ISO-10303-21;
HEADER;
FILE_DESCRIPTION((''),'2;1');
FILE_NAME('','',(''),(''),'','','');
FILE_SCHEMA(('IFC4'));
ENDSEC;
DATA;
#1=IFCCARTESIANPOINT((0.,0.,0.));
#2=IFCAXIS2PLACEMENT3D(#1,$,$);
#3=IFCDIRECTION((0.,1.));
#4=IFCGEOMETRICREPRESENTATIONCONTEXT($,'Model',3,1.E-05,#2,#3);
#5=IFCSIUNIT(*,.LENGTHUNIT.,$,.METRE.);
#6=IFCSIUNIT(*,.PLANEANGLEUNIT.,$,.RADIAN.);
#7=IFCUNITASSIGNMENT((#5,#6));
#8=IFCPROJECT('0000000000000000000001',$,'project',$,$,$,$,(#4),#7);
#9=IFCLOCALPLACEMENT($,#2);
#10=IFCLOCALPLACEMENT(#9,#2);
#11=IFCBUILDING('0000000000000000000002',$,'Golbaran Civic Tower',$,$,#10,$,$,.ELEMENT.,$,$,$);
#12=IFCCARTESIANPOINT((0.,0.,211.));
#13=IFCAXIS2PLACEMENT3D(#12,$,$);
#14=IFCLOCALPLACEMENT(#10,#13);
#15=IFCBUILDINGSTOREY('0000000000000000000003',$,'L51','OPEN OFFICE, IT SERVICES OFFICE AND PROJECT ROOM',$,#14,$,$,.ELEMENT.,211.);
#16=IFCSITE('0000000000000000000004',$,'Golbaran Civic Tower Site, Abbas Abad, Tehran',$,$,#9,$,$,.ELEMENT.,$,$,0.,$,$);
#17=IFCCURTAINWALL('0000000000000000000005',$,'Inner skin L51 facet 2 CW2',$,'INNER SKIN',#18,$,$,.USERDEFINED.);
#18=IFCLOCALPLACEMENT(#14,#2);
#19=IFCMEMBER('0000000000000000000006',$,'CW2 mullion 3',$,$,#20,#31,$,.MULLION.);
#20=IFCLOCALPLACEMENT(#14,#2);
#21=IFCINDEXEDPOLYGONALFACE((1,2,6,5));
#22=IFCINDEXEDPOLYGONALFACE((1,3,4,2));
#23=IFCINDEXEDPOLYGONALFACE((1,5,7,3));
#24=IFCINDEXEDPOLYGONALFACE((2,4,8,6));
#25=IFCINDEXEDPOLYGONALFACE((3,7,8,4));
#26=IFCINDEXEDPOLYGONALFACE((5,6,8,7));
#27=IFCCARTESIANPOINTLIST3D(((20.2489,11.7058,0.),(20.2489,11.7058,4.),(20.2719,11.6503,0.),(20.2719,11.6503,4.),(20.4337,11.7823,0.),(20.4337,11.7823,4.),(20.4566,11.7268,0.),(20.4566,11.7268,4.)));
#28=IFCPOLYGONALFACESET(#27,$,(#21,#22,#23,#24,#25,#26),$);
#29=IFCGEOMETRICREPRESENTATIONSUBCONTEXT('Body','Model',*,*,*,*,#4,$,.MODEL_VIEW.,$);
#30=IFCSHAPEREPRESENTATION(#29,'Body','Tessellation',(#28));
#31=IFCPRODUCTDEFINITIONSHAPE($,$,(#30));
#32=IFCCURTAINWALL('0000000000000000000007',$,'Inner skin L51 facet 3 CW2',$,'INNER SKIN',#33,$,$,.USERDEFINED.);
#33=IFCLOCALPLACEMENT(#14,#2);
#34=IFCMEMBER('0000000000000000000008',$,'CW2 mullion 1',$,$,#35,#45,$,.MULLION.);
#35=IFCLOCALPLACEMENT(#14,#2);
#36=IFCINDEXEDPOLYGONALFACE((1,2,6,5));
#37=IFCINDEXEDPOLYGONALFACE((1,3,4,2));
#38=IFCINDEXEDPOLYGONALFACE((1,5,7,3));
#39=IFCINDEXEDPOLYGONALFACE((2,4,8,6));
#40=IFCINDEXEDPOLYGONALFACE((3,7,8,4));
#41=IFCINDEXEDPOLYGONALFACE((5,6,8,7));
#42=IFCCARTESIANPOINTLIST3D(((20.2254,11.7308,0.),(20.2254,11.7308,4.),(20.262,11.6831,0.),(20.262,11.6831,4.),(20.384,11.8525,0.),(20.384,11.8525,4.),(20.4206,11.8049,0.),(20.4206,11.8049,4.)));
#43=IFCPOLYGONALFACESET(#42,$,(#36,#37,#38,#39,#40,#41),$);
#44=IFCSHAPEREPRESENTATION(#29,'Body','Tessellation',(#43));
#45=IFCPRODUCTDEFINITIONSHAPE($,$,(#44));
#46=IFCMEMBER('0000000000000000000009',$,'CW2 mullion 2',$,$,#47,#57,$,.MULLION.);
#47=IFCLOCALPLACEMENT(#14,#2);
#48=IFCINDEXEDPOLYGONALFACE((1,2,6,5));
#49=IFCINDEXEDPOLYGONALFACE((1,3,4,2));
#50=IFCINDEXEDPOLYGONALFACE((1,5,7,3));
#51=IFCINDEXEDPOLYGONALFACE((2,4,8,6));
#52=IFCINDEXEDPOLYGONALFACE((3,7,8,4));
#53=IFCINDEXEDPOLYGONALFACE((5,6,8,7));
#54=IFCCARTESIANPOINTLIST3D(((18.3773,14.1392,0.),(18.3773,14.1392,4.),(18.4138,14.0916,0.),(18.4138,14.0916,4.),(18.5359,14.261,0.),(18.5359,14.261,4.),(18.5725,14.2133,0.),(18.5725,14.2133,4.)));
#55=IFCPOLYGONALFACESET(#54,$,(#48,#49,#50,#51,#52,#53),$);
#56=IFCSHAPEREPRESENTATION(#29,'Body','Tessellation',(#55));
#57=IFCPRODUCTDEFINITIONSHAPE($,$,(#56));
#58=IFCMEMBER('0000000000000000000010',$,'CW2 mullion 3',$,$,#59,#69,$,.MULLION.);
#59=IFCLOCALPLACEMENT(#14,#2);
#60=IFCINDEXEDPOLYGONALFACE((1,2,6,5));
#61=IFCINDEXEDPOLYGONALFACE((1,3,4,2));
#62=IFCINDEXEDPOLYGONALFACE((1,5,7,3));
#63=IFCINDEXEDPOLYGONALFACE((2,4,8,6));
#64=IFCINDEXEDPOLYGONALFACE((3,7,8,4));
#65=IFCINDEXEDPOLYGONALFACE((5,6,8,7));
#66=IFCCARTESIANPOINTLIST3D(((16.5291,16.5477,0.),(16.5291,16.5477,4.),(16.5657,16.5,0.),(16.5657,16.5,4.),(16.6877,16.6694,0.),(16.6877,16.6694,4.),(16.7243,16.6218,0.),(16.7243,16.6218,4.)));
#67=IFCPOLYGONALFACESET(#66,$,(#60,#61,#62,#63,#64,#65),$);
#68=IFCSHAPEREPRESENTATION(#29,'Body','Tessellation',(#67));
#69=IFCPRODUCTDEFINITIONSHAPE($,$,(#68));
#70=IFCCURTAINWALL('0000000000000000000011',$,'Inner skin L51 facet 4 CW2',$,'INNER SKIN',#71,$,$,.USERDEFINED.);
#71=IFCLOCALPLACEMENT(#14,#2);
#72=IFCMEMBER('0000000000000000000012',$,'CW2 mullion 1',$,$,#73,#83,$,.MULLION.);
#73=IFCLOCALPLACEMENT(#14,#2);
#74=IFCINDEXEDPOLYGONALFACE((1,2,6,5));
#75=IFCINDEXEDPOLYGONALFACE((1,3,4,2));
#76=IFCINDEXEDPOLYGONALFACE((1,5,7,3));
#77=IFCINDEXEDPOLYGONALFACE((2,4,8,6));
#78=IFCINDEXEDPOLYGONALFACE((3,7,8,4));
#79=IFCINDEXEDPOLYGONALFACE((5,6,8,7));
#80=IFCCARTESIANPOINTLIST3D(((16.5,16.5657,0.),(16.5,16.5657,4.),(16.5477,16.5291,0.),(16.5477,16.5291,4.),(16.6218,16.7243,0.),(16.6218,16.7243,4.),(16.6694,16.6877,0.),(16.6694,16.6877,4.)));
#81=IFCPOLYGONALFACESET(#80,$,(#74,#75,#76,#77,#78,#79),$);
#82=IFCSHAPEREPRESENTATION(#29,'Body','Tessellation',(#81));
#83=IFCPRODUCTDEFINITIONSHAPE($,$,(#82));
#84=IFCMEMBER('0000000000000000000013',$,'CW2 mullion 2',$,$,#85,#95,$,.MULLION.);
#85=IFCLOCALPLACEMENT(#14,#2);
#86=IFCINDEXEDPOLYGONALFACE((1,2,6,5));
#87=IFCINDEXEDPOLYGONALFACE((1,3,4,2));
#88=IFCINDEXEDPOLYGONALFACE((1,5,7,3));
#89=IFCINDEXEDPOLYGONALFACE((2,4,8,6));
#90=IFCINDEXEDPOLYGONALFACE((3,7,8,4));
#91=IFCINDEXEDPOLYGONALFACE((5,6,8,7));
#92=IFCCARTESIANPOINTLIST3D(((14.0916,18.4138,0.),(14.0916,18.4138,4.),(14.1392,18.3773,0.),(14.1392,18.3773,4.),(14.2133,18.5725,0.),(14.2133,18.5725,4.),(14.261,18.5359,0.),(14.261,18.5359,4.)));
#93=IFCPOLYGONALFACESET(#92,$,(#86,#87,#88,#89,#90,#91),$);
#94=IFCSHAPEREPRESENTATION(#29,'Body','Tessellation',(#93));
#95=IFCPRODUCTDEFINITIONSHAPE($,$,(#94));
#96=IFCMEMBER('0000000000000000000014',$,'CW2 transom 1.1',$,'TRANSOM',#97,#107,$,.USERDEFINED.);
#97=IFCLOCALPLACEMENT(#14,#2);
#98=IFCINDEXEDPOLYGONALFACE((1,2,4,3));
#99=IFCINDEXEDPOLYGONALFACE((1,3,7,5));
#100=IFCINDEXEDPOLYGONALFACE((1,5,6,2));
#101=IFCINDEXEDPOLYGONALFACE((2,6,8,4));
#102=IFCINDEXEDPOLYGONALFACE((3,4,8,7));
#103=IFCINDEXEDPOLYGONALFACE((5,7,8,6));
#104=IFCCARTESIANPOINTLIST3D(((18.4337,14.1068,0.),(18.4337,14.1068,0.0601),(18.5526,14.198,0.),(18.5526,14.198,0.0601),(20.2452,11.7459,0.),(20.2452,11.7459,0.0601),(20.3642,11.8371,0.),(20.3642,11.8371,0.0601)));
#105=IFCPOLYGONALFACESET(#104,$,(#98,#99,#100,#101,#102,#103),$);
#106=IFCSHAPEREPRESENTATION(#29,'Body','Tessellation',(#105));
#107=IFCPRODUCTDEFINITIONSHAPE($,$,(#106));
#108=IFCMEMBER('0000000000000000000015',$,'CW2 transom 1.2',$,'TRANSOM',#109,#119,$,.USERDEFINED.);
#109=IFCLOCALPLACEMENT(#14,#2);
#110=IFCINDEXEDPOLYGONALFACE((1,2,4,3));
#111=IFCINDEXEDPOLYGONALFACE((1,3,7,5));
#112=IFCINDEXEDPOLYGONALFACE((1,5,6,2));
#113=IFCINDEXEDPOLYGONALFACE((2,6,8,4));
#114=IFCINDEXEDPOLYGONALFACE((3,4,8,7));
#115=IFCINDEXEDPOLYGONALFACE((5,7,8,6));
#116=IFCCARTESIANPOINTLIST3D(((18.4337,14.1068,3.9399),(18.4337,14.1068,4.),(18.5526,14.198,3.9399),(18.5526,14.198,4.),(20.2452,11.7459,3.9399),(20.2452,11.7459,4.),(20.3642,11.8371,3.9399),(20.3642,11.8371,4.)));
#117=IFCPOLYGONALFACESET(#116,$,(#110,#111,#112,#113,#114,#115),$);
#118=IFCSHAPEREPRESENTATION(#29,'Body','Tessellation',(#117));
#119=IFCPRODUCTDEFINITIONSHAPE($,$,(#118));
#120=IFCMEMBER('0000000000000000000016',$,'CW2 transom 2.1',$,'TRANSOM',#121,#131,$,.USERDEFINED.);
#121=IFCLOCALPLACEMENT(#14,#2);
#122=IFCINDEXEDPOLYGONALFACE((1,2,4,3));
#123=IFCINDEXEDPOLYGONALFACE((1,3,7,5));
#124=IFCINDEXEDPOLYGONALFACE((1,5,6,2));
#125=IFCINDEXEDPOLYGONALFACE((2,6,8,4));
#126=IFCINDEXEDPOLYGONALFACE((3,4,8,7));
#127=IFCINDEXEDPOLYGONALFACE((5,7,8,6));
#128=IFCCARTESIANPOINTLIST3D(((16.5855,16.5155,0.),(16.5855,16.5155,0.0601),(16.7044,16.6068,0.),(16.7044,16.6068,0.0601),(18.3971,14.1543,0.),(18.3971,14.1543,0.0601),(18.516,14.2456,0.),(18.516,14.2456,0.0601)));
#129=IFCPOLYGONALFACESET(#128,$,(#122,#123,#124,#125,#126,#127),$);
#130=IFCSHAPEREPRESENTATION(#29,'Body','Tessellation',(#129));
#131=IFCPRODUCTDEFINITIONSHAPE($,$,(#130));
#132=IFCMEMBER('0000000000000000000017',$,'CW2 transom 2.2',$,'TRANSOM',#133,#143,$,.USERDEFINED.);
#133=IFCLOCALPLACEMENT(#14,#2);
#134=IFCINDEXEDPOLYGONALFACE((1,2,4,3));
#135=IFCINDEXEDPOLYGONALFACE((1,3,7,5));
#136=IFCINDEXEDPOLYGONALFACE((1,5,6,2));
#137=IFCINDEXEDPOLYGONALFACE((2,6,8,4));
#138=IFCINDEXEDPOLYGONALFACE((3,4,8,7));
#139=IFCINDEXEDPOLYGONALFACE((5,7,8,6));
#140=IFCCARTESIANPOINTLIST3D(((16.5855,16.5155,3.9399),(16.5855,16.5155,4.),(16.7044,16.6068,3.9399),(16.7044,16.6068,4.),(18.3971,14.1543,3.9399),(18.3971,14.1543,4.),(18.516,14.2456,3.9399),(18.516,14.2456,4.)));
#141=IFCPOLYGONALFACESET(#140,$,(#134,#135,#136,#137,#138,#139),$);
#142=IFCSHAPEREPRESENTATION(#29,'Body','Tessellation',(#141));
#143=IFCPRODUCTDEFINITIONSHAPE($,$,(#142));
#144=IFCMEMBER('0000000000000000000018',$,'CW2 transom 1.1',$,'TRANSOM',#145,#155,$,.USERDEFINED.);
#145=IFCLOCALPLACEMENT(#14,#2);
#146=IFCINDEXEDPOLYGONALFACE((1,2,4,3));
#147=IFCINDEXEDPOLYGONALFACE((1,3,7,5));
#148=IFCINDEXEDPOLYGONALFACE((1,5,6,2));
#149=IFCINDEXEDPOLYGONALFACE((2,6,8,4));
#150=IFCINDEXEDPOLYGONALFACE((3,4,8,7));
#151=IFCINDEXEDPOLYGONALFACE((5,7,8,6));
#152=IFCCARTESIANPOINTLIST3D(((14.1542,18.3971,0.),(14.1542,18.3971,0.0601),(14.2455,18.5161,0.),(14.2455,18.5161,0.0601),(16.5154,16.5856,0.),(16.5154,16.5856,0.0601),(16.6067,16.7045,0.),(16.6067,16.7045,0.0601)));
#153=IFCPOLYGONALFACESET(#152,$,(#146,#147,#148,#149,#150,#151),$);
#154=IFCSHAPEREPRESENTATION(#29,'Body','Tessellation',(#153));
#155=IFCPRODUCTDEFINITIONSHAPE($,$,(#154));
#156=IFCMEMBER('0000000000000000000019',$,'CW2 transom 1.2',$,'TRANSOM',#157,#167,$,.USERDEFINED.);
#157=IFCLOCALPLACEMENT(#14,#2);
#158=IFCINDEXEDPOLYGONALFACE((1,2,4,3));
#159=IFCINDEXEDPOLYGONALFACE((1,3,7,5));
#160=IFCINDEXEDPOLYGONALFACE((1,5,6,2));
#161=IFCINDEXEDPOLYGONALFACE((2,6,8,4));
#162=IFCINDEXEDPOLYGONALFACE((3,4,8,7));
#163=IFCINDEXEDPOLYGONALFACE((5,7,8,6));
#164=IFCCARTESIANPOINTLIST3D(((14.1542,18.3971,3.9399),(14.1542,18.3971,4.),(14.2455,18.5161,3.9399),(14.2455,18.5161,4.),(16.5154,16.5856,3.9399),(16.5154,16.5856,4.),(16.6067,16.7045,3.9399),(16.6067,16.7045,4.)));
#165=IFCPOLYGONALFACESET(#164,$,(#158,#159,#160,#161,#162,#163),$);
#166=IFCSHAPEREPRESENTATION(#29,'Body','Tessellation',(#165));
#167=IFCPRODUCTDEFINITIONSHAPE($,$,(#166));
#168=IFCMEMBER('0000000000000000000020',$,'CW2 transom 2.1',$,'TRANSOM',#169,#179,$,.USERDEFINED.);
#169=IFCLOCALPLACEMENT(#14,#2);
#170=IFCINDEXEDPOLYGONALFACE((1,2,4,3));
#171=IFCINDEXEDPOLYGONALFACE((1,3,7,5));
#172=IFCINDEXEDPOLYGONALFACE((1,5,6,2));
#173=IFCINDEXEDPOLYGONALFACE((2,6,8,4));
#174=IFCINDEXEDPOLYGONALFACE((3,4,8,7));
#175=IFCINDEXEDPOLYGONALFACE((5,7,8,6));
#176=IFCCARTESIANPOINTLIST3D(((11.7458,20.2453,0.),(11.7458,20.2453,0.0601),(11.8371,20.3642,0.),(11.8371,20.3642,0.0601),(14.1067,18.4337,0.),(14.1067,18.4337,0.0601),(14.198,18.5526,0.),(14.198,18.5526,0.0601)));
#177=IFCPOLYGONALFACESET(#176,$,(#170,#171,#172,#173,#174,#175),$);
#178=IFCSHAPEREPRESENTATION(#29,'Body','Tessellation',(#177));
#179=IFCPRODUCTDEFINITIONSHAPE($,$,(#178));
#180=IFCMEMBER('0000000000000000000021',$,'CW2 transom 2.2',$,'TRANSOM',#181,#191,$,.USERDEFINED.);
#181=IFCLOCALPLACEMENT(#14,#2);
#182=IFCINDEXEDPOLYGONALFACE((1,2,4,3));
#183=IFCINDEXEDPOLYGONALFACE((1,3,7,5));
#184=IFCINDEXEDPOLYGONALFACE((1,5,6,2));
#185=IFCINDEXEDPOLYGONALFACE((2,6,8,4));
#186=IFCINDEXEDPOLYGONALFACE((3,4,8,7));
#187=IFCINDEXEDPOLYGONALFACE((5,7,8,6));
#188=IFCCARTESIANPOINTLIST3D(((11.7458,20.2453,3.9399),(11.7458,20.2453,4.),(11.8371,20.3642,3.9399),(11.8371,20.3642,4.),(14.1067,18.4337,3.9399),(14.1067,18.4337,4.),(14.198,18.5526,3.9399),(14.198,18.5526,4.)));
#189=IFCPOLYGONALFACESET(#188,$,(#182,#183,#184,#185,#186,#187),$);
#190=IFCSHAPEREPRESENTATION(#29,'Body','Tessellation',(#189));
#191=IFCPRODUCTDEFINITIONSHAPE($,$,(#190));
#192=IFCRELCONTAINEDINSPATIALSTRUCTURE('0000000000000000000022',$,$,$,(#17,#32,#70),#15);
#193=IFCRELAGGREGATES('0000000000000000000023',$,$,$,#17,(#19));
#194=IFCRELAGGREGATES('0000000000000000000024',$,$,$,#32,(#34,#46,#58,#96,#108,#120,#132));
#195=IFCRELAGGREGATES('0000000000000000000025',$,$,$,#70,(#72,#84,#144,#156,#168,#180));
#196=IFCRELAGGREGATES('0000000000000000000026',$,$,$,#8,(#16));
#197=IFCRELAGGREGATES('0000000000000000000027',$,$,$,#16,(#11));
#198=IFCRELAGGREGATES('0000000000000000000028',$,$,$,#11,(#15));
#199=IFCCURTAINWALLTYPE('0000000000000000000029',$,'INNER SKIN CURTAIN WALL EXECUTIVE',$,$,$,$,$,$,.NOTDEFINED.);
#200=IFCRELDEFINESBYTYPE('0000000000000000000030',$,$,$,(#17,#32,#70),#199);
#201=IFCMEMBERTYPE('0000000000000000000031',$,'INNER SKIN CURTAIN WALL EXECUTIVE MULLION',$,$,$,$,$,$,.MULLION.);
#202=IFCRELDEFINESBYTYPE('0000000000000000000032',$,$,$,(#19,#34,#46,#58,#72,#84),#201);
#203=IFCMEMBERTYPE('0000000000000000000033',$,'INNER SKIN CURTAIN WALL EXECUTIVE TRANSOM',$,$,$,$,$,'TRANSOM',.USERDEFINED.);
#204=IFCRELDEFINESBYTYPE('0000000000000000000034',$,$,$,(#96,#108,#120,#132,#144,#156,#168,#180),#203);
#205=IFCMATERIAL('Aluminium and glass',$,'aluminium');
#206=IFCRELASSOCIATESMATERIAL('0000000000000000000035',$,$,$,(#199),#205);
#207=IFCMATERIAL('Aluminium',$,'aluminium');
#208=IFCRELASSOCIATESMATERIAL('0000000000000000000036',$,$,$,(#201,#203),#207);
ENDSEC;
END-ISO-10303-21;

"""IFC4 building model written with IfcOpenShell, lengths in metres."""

from ifc_helpers import new_model, si_unit, direction, frame, origin, origin_2d, place, context, subcontext, project, spatial, rectangle, extrude, material, material_profile, profile_set, type_object, element, aggregate, save


model = new_model("IFC4")

# Units and contexts
model_context = context("Model", 3, precision=1e-05, world=origin(), true_north=direction((0.0, 1.0)))
body_context = subcontext(model_context, "Body", "Model", "MODEL_VIEW")
ifc_project = project(units=[si_unit("LENGTHUNIT", "METRE"), si_unit("PLANEANGLEUNIT", "RADIAN")], contexts=[model_context])

# Site, building, storey
site_placement = place(None, origin())
site = spatial("IfcSite", under=ifc_project, at=site_placement, Name="Golbaran Civic Tower Site, Abbas Abad, Tehran", CompositionType="ELEMENT", RefElevation=0.0)
building_placement = place(site_placement, origin())
building = spatial("IfcBuilding", under=site, at=building_placement, Name="Golbaran Civic Tower", CompositionType="ELEMENT")
storey_placement = place(building_placement, frame((0.0, 0.0, 211.0)))
storey = spatial("IfcBuildingStorey", under=building, at=storey_placement, Name="L51", Description="OPEN OFFICE, IT SERVICES OFFICE AND PROJECT ROOM", CompositionType="ELEMENT", Elevation=211.0)

# Curtain wall, member
ifc_material_1 = material(Name="Aluminium and glass", Category="aluminium")
curtain_wall_type = type_object("IfcCurtainWallType", Name="INNER SKIN CURTAIN WALL EXECUTIVE", PredefinedType="NOTDEFINED", material=ifc_material_1)
curtain_wall_1_placement = place(storey_placement, origin())
curtain_wall_1 = element("IfcCurtainWall", 1, at=curtain_wall_1_placement, inside=storey, type_object=curtain_wall_type, Name="Inner skin L51 facet 2 CW2", ObjectType="INNER SKIN", PredefinedType="USERDEFINED")
ifc_material_2 = material(Name="Aluminium", Category="aluminium")
ifc_material_profile_1 = material_profile(ifc_material_2, rectangle(XDim=0.2, YDim=0.0601, at=origin_2d()), Name="INNER SKIN CURTAIN WALL EXECUTIVE MULLION")
ifc_profile_set_1 = profile_set([ifc_material_profile_1], Name="Aluminium")
member_type_1 = type_object("IfcMemberType", Name="INNER SKIN CURTAIN WALL EXECUTIVE MULLION", PredefinedType="MULLION", material=ifc_profile_set_1)
member_1_placement = place(storey_placement, frame((20.3528, 11.7163, 0.0), z_axis=(0.0, 0.0, 1.0), x_axis=(-0.92388, -0.382683, 0.0)))
member_1 = element("IfcMember", 2, at=member_1_placement, type_object=member_type_1, Name="CW2 mullion 3", PredefinedType="MULLION", context=body_context, shape_type="SweptSolid", body=[
    extrude(rectangle(XDim=0.2, YDim=0.0601, at=origin_2d()), origin(), (0.0, 0.0, 1.0), 4.0),
])

# Curtain walls, members
curtain_wall_2_placement = place(storey_placement, origin())
curtain_wall_2 = element("IfcCurtainWall", 3, at=curtain_wall_2_placement, inside=storey, type_object=curtain_wall_type, Name="Inner skin L51 facet 3 CW2", ObjectType="INNER SKIN", PredefinedType="USERDEFINED")
member_2_placement = place(storey_placement, frame((20.323, 11.7678, 0.0), z_axis=(0.0, 0.0, 1.0), x_axis=(-0.793353, -0.608761, 0.0)))
member_2 = element("IfcMember", 4, at=member_2_placement, type_object=member_type_1, Name="CW2 mullion 1", PredefinedType="MULLION", context=body_context, shape_type="SweptSolid", body=[
    extrude(rectangle(XDim=0.2, YDim=0.0601, at=origin_2d()), origin(), (0.0, 0.0, 1.0), 4.0),
])
member_3_placement = place(storey_placement, frame((18.4749, 14.1763, 0.0), z_axis=(0.0, 0.0, 1.0), x_axis=(-0.793353, -0.608761, 0.0)))
member_3 = element("IfcMember", 5, at=member_3_placement, type_object=member_type_1, Name="CW2 mullion 2", PredefinedType="MULLION", context=body_context, shape_type="SweptSolid", body=[
    extrude(rectangle(XDim=0.2, YDim=0.0601, at=origin_2d()), origin(), (0.0, 0.0, 1.0), 4.0),
])
member_4_placement = place(storey_placement, frame((16.6267, 16.5847, 0.0), z_axis=(0.0, 0.0, 1.0), x_axis=(-0.793353, -0.608761, 0.0)))
member_4 = element("IfcMember", 6, at=member_4_placement, type_object=member_type_1, Name="CW2 mullion 3", PredefinedType="MULLION", context=body_context, shape_type="SweptSolid", body=[
    extrude(rectangle(XDim=0.2, YDim=0.0601, at=origin_2d()), origin(), (0.0, 0.0, 1.0), 4.0),
])
curtain_wall_3_placement = place(storey_placement, origin())
curtain_wall_3 = element("IfcCurtainWall", 7, at=curtain_wall_3_placement, inside=storey, type_object=curtain_wall_type, Name="Inner skin L51 facet 4 CW2", ObjectType="INNER SKIN", PredefinedType="USERDEFINED")
member_5_placement = place(storey_placement, frame((16.5847, 16.6267, 0.0), z_axis=(0.0, 0.0, 1.0), x_axis=(-0.608761, -0.793353, 0.0)))
member_5 = element("IfcMember", 8, at=member_5_placement, type_object=member_type_1, Name="CW2 mullion 1", PredefinedType="MULLION", context=body_context, shape_type="SweptSolid", body=[
    extrude(rectangle(XDim=0.2, YDim=0.0601, at=origin_2d()), origin(), (0.0, 0.0, 1.0), 4.0),
])
member_6_placement = place(storey_placement, frame((14.1763, 18.4749, 0.0), z_axis=(0.0, 0.0, 1.0), x_axis=(-0.608761, -0.793353, 0.0)))
member_6 = element("IfcMember", 9, at=member_6_placement, type_object=member_type_1, Name="CW2 mullion 2", PredefinedType="MULLION", context=body_context, shape_type="SweptSolid", body=[
    extrude(rectangle(XDim=0.2, YDim=0.0601, at=origin_2d()), origin(), (0.0, 0.0, 1.0), 4.0),
])

# Members
ifc_material_profile_2 = material_profile(ifc_material_2, rectangle(XDim=0.1499, YDim=0.0601, at=origin_2d()), Name="INNER SKIN CURTAIN WALL EXECUTIVE TRANSOM")
ifc_profile_set_2 = profile_set([ifc_material_profile_2], Name="Aluminium")
member_type_2 = type_object("IfcMemberType", Name="INNER SKIN CURTAIN WALL EXECUTIVE TRANSOM", ElementType="TRANSOM", PredefinedType="USERDEFINED", material=ifc_profile_set_2)
member_7_placement = place(storey_placement, frame((20.3047, 11.7915, 0.03), z_axis=(-0.608759, 0.793355, 0.0), x_axis=(-0.793355, -0.608759, 0.0)))
member_7 = element("IfcMember", 10, at=member_7_placement, type_object=member_type_2, Name="CW2 transom 1.1", ObjectType="TRANSOM", PredefinedType="USERDEFINED", context=body_context, shape_type="SweptSolid", body=[
    extrude(rectangle(XDim=0.1499, YDim=0.0601, at=origin_2d()), origin(), (0.0, 0.0, 1.0), 2.9758),
])
member_8_placement = place(storey_placement, frame((20.3047, 11.7915, 3.97), z_axis=(-0.608759, 0.793355, 0.0), x_axis=(-0.793355, -0.608759, 0.0)))
member_8 = element("IfcMember", 11, at=member_8_placement, type_object=member_type_2, Name="CW2 transom 1.2", ObjectType="TRANSOM", PredefinedType="USERDEFINED", context=body_context, shape_type="SweptSolid", body=[
    extrude(rectangle(XDim=0.1499, YDim=0.0601, at=origin_2d()), origin(), (0.0, 0.0, 1.0), 2.9758),
])
member_9_placement = place(storey_placement, frame((18.4565, 14.2, 0.03), z_axis=(-0.608719, 0.793386, 0.0), x_axis=(-0.793386, -0.608719, 0.0)))
member_9 = element("IfcMember", 12, at=member_9_placement, type_object=member_type_2, Name="CW2 transom 2.1", ObjectType="TRANSOM", PredefinedType="USERDEFINED", context=body_context, shape_type="SweptSolid", body=[
    extrude(rectangle(XDim=0.1499, YDim=0.0601, at=origin_2d()), origin(), (0.0, 0.0, 1.0), 2.9761),
])
member_10_placement = place(storey_placement, frame((18.4565, 14.2, 3.97), z_axis=(-0.608719, 0.793386, 0.0), x_axis=(-0.793386, -0.608719, 0.0)))
member_10 = element("IfcMember", 13, at=member_10_placement, type_object=member_type_2, Name="CW2 transom 2.2", ObjectType="TRANSOM", PredefinedType="USERDEFINED", context=body_context, shape_type="SweptSolid", body=[
    extrude(rectangle(XDim=0.1499, YDim=0.0601, at=origin_2d()), origin(), (0.0, 0.0, 1.0), 2.9761),
])
member_11_placement = place(storey_placement, frame((16.561, 16.645, 0.03), z_axis=(-0.793386, 0.608719, 0.0), x_axis=(-0.608719, -0.793386, 0.0)))
member_11 = element("IfcMember", 14, at=member_11_placement, type_object=member_type_2, Name="CW2 transom 1.1", ObjectType="TRANSOM", PredefinedType="USERDEFINED", context=body_context, shape_type="SweptSolid", body=[
    extrude(rectangle(XDim=0.1499, YDim=0.0601, at=origin_2d()), origin(), (0.0, 0.0, 1.0), 2.9761),
])
member_12_placement = place(storey_placement, frame((16.561, 16.645, 3.97), z_axis=(-0.793386, 0.608719, 0.0), x_axis=(-0.608719, -0.793386, 0.0)))
member_12 = element("IfcMember", 15, at=member_12_placement, type_object=member_type_2, Name="CW2 transom 1.2", ObjectType="TRANSOM", PredefinedType="USERDEFINED", context=body_context, shape_type="SweptSolid", body=[
    extrude(rectangle(XDim=0.1499, YDim=0.0601, at=origin_2d()), origin(), (0.0, 0.0, 1.0), 2.9761),
])
member_13_placement = place(storey_placement, frame((14.1523, 18.4932, 0.03), z_axis=(-0.793355, 0.608759, 0.0), x_axis=(-0.608759, -0.793355, 0.0)))
member_13 = element("IfcMember", 16, at=member_13_placement, type_object=member_type_2, Name="CW2 transom 2.1", ObjectType="TRANSOM", PredefinedType="USERDEFINED", context=body_context, shape_type="SweptSolid", body=[
    extrude(rectangle(XDim=0.1499, YDim=0.0601, at=origin_2d()), origin(), (0.0, 0.0, 1.0), 2.9758),
])
member_14_placement = place(storey_placement, frame((14.1523, 18.4932, 3.97), z_axis=(-0.793355, 0.608759, 0.0), x_axis=(-0.608759, -0.793355, 0.0)))
member_14 = element("IfcMember", 17, at=member_14_placement, type_object=member_type_2, Name="CW2 transom 2.2", ObjectType="TRANSOM", PredefinedType="USERDEFINED", context=body_context, shape_type="SweptSolid", body=[
    extrude(rectangle(XDim=0.1499, YDim=0.0601, at=origin_2d()), origin(), (0.0, 0.0, 1.0), 2.9758),
])

aggregate(curtain_wall_1, [member_1])
aggregate(curtain_wall_2, [member_2, member_3, member_4, member_7, member_8, member_9, member_10])
aggregate(curtain_wall_3, [member_5, member_6, member_11, member_12, member_13, member_14])

save(model, "model.ifc")
